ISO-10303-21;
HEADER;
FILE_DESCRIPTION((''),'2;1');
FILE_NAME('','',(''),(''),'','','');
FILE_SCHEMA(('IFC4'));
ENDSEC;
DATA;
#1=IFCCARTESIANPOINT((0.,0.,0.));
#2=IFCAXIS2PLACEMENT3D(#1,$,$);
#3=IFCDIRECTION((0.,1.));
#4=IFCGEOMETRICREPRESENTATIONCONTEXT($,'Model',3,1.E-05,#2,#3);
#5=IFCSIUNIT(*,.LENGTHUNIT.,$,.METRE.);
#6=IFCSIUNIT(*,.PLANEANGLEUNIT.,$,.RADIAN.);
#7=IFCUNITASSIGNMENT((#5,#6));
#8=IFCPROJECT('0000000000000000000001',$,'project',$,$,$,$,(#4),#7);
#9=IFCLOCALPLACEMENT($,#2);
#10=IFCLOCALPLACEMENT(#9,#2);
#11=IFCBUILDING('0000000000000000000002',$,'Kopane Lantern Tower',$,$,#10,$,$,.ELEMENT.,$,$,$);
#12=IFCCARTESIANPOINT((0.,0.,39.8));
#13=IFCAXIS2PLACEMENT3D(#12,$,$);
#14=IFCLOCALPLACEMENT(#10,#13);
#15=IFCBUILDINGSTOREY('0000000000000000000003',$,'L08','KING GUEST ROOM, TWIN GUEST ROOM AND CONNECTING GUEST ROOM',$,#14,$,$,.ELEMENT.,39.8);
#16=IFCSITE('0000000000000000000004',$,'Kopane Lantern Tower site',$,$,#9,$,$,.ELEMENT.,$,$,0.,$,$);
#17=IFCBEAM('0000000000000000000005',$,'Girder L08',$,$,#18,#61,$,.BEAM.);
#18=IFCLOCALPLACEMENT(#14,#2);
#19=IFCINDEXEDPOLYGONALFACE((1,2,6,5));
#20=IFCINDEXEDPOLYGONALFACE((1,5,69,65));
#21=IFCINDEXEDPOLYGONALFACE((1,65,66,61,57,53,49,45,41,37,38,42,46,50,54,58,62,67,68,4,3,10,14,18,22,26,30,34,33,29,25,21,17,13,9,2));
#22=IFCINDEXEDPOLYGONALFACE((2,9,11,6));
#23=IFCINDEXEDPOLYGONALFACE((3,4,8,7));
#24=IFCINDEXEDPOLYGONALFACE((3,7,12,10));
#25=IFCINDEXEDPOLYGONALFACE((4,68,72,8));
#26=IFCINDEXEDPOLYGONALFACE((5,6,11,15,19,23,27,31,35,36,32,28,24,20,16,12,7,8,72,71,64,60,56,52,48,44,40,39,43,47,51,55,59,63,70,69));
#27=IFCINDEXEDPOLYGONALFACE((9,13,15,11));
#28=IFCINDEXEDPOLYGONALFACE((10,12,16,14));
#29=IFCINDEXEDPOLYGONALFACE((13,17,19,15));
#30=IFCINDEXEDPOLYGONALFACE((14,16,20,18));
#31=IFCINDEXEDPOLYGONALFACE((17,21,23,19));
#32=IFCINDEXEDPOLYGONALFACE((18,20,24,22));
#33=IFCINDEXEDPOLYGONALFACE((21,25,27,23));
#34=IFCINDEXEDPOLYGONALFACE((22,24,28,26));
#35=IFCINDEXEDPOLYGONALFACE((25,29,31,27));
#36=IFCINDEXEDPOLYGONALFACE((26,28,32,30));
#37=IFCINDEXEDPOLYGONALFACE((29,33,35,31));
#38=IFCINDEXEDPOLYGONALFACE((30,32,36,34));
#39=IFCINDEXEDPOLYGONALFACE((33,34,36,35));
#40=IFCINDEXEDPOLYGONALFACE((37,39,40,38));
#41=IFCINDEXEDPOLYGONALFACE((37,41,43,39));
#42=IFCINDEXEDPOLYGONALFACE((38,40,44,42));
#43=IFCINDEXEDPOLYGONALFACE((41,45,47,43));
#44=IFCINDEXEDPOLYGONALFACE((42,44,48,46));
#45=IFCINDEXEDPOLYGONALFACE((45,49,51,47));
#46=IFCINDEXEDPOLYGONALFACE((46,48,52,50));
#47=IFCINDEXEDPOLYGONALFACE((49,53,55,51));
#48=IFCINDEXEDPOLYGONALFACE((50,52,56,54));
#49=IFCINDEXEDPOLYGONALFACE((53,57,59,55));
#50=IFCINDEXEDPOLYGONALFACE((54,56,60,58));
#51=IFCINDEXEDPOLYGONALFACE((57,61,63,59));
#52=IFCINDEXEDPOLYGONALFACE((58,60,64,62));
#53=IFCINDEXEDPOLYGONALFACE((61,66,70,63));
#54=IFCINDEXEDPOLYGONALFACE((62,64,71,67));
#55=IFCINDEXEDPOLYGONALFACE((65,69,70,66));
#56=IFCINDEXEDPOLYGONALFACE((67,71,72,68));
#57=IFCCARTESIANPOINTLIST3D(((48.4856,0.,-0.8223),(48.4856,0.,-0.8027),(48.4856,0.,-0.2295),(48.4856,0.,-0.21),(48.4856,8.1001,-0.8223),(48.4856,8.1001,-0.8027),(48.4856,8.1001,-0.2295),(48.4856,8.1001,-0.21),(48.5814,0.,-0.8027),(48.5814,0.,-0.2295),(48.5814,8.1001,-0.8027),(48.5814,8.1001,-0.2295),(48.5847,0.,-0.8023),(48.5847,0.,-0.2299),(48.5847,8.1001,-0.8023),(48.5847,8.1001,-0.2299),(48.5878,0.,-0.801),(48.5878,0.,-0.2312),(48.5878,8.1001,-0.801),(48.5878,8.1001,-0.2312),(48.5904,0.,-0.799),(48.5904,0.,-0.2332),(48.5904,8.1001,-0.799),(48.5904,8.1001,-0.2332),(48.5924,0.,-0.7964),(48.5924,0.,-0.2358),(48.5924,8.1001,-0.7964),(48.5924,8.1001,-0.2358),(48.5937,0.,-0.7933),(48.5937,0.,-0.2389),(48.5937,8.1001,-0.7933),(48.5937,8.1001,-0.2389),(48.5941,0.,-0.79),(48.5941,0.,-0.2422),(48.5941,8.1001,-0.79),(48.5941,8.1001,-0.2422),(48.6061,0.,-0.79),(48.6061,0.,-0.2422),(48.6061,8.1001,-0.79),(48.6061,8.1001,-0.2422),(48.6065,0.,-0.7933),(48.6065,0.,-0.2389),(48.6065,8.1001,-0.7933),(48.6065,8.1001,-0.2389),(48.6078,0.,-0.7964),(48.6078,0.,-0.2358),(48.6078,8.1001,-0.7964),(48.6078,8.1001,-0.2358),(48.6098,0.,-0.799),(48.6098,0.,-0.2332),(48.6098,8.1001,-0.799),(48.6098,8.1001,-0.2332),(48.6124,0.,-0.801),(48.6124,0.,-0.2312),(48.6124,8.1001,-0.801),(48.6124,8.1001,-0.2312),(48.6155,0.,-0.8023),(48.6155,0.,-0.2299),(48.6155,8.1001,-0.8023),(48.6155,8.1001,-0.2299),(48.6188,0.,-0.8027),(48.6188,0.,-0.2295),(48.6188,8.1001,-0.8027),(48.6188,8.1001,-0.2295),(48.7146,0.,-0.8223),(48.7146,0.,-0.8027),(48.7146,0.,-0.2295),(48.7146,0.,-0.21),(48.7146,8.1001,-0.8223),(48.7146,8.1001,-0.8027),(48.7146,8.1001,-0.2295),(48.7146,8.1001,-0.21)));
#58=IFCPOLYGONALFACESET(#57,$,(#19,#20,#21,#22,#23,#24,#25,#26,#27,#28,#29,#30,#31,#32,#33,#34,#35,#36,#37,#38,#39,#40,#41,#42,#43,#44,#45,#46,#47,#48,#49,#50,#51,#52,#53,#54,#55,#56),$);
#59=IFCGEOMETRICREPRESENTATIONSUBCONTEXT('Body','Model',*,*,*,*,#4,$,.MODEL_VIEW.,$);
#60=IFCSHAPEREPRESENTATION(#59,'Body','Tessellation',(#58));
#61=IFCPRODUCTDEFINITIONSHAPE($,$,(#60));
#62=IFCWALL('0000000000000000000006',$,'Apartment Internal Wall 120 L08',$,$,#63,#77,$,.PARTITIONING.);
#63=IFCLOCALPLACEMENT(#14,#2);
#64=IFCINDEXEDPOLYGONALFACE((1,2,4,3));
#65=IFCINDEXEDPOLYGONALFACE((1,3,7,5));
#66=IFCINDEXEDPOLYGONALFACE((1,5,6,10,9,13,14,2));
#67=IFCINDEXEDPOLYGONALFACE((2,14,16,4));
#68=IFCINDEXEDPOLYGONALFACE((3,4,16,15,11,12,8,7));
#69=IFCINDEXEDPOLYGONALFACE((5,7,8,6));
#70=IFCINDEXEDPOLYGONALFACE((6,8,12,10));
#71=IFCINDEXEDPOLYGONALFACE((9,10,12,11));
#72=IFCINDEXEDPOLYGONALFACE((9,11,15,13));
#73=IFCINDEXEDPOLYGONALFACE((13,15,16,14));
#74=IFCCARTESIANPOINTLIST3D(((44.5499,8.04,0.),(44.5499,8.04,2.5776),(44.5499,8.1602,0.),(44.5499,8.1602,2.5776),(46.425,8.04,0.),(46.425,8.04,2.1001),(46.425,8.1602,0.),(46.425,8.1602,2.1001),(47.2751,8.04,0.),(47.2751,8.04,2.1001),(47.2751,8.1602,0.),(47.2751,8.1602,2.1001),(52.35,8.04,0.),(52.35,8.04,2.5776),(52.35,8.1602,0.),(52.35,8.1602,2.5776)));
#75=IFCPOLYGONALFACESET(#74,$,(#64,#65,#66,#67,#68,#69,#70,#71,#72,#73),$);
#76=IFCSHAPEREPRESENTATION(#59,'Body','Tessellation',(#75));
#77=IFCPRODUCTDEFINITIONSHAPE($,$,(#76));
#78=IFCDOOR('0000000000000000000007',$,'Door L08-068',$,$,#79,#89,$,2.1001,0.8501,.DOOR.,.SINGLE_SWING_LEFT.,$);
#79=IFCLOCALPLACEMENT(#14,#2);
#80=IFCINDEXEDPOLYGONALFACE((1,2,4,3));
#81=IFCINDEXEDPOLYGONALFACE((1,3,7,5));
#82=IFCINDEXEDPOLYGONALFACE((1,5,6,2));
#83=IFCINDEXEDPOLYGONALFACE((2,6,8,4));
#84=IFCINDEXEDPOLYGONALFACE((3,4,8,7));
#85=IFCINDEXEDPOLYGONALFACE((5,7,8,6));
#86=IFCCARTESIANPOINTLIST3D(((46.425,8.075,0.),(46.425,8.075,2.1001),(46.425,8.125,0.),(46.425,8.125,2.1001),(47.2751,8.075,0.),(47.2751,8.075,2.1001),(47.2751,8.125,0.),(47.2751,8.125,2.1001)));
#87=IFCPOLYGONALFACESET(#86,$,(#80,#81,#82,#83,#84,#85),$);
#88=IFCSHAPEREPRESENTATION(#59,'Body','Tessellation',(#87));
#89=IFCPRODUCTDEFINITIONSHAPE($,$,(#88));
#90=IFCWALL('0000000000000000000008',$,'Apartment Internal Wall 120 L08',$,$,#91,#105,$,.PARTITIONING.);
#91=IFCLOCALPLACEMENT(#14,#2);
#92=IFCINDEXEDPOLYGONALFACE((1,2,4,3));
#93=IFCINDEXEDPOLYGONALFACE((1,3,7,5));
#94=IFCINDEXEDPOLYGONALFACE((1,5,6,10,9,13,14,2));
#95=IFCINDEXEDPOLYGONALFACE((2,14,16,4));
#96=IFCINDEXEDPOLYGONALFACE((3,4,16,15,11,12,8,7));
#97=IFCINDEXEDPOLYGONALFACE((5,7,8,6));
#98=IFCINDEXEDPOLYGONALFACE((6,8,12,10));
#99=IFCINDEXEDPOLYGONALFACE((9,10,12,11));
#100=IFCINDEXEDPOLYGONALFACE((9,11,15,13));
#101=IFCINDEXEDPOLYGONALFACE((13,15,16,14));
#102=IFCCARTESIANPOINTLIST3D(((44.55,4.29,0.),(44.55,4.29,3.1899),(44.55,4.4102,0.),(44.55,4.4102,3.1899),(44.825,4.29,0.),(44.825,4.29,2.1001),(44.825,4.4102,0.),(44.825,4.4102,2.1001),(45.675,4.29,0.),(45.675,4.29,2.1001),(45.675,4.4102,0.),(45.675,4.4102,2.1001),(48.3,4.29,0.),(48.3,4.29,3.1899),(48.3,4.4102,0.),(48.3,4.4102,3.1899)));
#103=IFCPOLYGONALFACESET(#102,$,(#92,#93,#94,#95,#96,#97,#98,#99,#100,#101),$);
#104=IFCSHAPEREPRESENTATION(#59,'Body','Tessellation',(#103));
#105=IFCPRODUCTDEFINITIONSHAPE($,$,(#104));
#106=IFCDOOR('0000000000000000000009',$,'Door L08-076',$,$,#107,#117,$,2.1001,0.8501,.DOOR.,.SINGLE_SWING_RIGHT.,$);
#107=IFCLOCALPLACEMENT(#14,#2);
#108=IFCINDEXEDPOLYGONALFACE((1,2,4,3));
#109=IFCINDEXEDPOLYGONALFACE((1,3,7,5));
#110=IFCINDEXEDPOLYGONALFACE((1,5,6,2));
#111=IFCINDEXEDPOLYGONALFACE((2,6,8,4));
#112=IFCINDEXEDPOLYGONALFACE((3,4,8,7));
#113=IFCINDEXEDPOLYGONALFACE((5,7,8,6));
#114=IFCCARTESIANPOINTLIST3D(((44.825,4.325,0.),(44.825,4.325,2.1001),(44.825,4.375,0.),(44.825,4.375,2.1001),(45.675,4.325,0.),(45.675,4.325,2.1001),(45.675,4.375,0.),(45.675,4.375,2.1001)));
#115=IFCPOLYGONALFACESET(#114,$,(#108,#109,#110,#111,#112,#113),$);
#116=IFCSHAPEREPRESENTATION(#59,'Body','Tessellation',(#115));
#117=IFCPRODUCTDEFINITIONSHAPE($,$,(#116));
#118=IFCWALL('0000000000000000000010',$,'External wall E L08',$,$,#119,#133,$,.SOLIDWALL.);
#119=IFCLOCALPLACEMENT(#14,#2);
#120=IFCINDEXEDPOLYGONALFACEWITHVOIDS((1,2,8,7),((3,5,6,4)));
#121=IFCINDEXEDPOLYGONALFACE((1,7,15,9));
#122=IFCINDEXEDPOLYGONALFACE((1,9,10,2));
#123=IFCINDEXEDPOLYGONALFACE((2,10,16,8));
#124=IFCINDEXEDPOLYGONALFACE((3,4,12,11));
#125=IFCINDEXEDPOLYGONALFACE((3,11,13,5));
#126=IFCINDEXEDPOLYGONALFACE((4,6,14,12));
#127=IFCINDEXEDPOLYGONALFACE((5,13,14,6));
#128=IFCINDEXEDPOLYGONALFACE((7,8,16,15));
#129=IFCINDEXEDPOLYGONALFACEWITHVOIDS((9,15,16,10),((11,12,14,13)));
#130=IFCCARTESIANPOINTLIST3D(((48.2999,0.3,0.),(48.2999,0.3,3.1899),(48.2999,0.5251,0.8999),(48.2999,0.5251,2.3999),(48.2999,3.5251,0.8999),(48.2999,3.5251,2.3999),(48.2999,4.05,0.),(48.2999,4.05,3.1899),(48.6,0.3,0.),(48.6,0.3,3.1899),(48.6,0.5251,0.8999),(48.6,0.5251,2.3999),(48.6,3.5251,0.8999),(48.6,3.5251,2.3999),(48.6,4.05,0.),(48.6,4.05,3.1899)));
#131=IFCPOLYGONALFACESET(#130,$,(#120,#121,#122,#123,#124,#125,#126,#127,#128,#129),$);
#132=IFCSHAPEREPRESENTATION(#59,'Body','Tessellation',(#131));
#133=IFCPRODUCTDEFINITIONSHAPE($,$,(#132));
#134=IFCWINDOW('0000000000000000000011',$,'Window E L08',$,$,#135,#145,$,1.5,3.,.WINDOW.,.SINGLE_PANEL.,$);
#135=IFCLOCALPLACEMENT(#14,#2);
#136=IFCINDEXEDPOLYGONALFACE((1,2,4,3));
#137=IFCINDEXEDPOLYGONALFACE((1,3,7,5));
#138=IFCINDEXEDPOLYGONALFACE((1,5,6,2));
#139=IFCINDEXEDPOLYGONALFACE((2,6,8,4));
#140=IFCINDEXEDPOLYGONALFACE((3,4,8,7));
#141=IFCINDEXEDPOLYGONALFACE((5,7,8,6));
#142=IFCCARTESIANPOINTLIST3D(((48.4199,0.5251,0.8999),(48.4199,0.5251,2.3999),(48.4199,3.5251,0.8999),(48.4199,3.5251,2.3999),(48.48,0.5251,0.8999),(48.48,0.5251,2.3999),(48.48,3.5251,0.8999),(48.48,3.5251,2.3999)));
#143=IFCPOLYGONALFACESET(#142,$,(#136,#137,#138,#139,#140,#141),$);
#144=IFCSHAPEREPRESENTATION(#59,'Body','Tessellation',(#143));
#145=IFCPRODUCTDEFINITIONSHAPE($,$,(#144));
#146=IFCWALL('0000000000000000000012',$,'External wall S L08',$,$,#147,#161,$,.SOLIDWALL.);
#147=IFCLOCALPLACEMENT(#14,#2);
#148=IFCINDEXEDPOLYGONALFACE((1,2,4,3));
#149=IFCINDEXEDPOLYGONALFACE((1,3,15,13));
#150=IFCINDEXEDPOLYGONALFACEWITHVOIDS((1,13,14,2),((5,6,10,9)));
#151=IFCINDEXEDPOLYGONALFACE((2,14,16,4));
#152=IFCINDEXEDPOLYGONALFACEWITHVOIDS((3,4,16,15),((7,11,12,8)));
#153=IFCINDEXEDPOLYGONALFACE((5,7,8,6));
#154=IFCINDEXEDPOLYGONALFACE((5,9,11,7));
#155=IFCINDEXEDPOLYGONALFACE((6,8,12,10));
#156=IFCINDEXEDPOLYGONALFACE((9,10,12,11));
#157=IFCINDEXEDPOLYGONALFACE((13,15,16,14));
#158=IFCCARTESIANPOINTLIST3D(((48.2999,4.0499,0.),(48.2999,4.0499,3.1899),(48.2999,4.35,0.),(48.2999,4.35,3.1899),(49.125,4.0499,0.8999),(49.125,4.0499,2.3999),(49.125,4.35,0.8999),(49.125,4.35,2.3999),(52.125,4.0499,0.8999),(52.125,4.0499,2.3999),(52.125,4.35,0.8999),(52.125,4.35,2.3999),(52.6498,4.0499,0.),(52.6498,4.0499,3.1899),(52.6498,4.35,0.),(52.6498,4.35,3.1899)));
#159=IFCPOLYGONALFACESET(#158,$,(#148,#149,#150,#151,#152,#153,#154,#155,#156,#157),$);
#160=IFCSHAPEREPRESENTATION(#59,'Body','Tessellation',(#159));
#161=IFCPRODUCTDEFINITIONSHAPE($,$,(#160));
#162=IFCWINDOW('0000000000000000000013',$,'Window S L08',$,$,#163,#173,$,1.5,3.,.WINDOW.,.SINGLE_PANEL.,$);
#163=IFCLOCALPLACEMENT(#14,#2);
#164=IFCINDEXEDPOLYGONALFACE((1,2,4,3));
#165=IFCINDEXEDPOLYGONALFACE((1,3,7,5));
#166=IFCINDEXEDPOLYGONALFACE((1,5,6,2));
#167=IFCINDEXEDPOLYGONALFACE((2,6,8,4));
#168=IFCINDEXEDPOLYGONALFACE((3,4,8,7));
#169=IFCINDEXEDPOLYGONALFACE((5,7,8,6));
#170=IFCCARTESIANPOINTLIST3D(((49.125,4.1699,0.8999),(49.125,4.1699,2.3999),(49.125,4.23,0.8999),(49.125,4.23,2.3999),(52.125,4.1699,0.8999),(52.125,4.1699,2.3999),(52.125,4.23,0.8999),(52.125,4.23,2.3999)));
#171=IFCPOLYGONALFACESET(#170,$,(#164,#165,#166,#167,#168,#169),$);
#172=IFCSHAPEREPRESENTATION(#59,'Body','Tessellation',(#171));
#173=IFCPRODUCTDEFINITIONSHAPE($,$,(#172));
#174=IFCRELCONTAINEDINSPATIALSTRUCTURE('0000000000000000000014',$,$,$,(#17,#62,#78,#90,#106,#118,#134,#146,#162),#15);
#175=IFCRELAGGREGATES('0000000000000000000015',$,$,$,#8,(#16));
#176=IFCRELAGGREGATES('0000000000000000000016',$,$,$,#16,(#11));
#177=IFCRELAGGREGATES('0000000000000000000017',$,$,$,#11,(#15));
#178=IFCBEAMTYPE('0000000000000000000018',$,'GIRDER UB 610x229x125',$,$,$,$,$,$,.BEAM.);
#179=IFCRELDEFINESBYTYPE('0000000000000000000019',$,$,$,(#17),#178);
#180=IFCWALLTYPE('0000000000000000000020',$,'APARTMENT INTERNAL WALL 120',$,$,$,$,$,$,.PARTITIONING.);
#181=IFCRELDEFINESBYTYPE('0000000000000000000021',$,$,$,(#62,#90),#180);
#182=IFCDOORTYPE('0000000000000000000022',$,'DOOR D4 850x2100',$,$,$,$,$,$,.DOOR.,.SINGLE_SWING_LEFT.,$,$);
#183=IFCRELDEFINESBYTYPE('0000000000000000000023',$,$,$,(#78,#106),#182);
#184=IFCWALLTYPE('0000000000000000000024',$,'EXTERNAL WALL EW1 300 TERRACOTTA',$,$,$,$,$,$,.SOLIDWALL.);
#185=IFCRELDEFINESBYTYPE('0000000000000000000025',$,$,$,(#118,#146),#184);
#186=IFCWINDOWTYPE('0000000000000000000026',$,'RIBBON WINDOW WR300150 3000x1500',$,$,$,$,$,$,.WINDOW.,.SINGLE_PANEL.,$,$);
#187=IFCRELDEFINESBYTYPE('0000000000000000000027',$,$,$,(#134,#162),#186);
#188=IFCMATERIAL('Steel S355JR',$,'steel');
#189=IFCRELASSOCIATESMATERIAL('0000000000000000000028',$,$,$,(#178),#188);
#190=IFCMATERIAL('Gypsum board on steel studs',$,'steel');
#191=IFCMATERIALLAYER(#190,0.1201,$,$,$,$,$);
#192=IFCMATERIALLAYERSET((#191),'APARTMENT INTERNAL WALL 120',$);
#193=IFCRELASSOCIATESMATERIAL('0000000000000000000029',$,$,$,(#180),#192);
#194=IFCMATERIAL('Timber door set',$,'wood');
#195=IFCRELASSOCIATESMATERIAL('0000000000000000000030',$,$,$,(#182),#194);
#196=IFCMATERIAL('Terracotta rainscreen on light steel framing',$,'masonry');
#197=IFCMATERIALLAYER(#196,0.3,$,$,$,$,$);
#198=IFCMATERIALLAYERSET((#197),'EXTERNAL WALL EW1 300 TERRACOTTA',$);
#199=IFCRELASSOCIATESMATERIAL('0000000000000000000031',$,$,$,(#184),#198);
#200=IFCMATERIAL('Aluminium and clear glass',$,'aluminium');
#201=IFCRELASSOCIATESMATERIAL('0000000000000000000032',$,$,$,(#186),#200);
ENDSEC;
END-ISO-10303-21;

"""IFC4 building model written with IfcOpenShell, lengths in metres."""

from ifc_helpers import new_model, si_unit, direction, frame, frame_2d, origin, origin_2d, place, context, subcontext, project, spatial, rectangle, i_section, extrude, material, layer, layer_set, material_profile, profile_set, type_object, element, fill, save


model = new_model("IFC4")

# Units and contexts
model_context = context("Model", 3, precision=1e-05, world=origin(), true_north=direction((0.0, 1.0)))
body_context = subcontext(model_context, "Body", "Model", "MODEL_VIEW")
ifc_project = project(units=[si_unit("LENGTHUNIT", "METRE"), si_unit("PLANEANGLEUNIT", "RADIAN")], contexts=[model_context])

# Site, building, storey
site_placement = place(None, origin())
site = spatial("IfcSite", under=ifc_project, at=site_placement, Name="Kopane Lantern Tower site", CompositionType="ELEMENT", RefElevation=0.0)
building_placement = place(site_placement, origin())
building = spatial("IfcBuilding", under=site, at=building_placement, Name="Kopane Lantern Tower", CompositionType="ELEMENT")
storey_placement = place(building_placement, frame((0.0, 0.0, 39.8)))
storey = spatial("IfcBuildingStorey", under=building, at=storey_placement, Name="L08", Description="KING GUEST ROOM, TWIN GUEST ROOM AND CONNECTING GUEST ROOM", CompositionType="ELEMENT", Elevation=39.8)

# Beam
ifc_material_1 = material(Name="Steel S355JR", Category="steel")
ifc_material_profile_1 = material_profile(ifc_material_1, i_section(OverallWidth=0.229, OverallDepth=0.6123, WebThickness=0.012, FlangeThickness=0.0195, FilletRadius=0.0127, at=origin_2d()), Name="UB 610x229x125")
ifc_profile_set_1 = profile_set([ifc_material_profile_1], Name="Steel S355JR")
beam_type_1 = type_object("IfcBeamType", Name="GIRDER UB 610x229x125", PredefinedType="BEAM", material=ifc_profile_set_1)
beam_1_placement = place(storey_placement, frame((48.6001, 0.0, -0.5161), z_axis=(0.0, 1.0, 0.0), x_axis=(-1.0, 0.0, 0.0)))
element("IfcBeam", 1, at=beam_1_placement, inside=storey, type_object=beam_type_1, Name="Girder L08", PredefinedType="BEAM", context=body_context, shape_type="SweptSolid", body=[
    extrude(i_section(OverallWidth=0.229, OverallDepth=0.6123, WebThickness=0.012, FlangeThickness=0.0195, FilletRadius=0.0127, at=origin_2d()), origin(), (0.0, 0.0, 1.0), 8.1001),
])

# Walls, openings, doors
ifc_material_2 = material(Name="Gypsum board on steel studs", Category="steel")
ifc_layer_1 = layer(ifc_material_2, 0.1201)
ifc_layer_set_1 = layer_set([ifc_layer_1], Name="APARTMENT INTERNAL WALL 120")
wall_type_1 = type_object("IfcWallType", Name="APARTMENT INTERNAL WALL 120", PredefinedType="PARTITIONING", material=ifc_layer_set_1)
wall_1_placement = place(storey_placement, frame((44.55, 8.1001, 0.0), z_axis=(0.0, 0.0, 1.0), x_axis=(1.0, 0.0, 0.0)))
wall_1 = element("IfcWall", 2, at=wall_1_placement, inside=storey, type_object=wall_type_1, Name="Apartment Internal Wall 120 L08", PredefinedType="PARTITIONING", context=body_context, shape_type="SweptSolid", body=[
    extrude(rectangle(XDim=7.8, YDim=0.1201, at=frame_2d((3.8999, 0.0))), origin(), (0.0, 0.0, 1.0), 2.5776),
])
opening_1_placement = place(wall_1_placement, frame((1.875, 0.0, 0.0)))
opening_1 = element("IfcOpeningElement", 3, at=opening_1_placement, cuts=wall_1, PredefinedType="OPENING", context=body_context, shape_type="SweptSolid", body=[
    extrude(rectangle(XDim=0.8501, YDim=2.1001, at=frame_2d((0.425, 1.05))), frame((0.0, 0.0701, 0.0), z_axis=(0.0, -1.0, 0.0), x_axis=(1.0, 0.0, 0.0)), (0.0, 0.0, 1.0), 0.1401),
])
ifc_material_3 = material(Name="Timber door set", Category="wood")
door_type = type_object("IfcDoorType", Name="DOOR D4 850x2100", OperationType="SINGLE_SWING_LEFT", PredefinedType="DOOR", material=ifc_material_3)
door_1_placement = place(opening_1_placement, origin())
door_1 = element("IfcDoor", 4, at=door_1_placement, inside=storey, type_object=door_type, Name="Door L08-068", OperationType="SINGLE_SWING_LEFT", OverallHeight=2.1001, OverallWidth=0.8501, PredefinedType="DOOR", context=body_context, shape_type="SweptSolid", body=[
    extrude(rectangle(XDim=0.8501, YDim=2.1001, at=frame_2d((0.425, 1.05))), frame((0.0, 0.0249, 0.0), z_axis=(0.0, -1.0, 0.0), x_axis=(1.0, 0.0, 0.0)), (0.0, 0.0, 1.0), 0.05),
])
fill(opening_1, door_1)
wall_2_placement = place(storey_placement, frame((44.55, 4.3501, 0.0), z_axis=(0.0, 0.0, 1.0), x_axis=(1.0, 0.0, 0.0)))
wall_2 = element("IfcWall", 5, at=wall_2_placement, inside=storey, type_object=wall_type_1, Name="Apartment Internal Wall 120 L08", PredefinedType="PARTITIONING", context=body_context, shape_type="SweptSolid", body=[
    extrude(rectangle(XDim=3.75, YDim=0.1201, at=frame_2d((1.875, 0.0))), origin(), (0.0, 0.0, 1.0), 3.1899),
])
opening_2_placement = place(wall_2_placement, frame((0.2749, 0.0, 0.0)))
opening_2 = element("IfcOpeningElement", 6, at=opening_2_placement, cuts=wall_2, PredefinedType="OPENING", context=body_context, shape_type="SweptSolid", body=[
    extrude(rectangle(XDim=0.8501, YDim=2.1001, at=frame_2d((0.425, 1.05))), frame((0.0, 0.0701, 0.0), z_axis=(0.0, -1.0, 0.0), x_axis=(1.0, 0.0, 0.0)), (0.0, 0.0, 1.0), 0.1401),
])
door_2_placement = place(opening_2_placement, origin())
door_2 = element("IfcDoor", 7, at=door_2_placement, inside=storey, type_object=door_type, Name="Door L08-076", OperationType="SINGLE_SWING_RIGHT", OverallHeight=2.1001, OverallWidth=0.8501, PredefinedType="DOOR", context=body_context, shape_type="SweptSolid", body=[
    extrude(rectangle(XDim=0.8501, YDim=2.1001, at=frame_2d((0.425, 1.05))), frame((0.0, 0.0249, 0.0), z_axis=(0.0, -1.0, 0.0), x_axis=(1.0, 0.0, 0.0)), (0.0, 0.0, 1.0), 0.05),
])
fill(opening_2, door_2)

# Walls, openings, windows
ifc_material_4 = material(Name="Terracotta rainscreen on light steel framing", Category="masonry")
ifc_layer_2 = layer(ifc_material_4, 0.3)
ifc_layer_set_2 = layer_set([ifc_layer_2], Name="EXTERNAL WALL EW1 300 TERRACOTTA")
wall_type_2 = type_object("IfcWallType", Name="EXTERNAL WALL EW1 300 TERRACOTTA", PredefinedType="SOLIDWALL", material=ifc_layer_set_2)
wall_3_placement = place(storey_placement, frame((48.45, 0.3, 0.0), z_axis=(0.0, 0.0, 1.0), x_axis=(0.0, 1.0, 0.0)))
wall_3 = element("IfcWall", 8, at=wall_3_placement, inside=storey, type_object=wall_type_2, Name="External wall E L08", PredefinedType="SOLIDWALL", context=body_context, shape_type="SweptSolid", body=[
    extrude(rectangle(XDim=3.75, YDim=0.3, at=frame_2d((1.875, 0.0))), origin(), (0.0, 0.0, 1.0), 3.1899),
])
opening_3_placement = place(wall_3_placement, frame((0.2251, 0.0, 0.8999)))
opening_3 = element("IfcOpeningElement", 9, at=opening_3_placement, cuts=wall_3, PredefinedType="OPENING", context=body_context, shape_type="SweptSolid", body=[
    extrude(rectangle(XDim=3.0, YDim=1.5, at=frame_2d((1.5, 0.75))), frame((0.0, 0.1599, 0.0), z_axis=(0.0, -1.0, 0.0), x_axis=(1.0, 0.0, 0.0)), (0.0, 0.0, 1.0), 0.3201),
])
ifc_material_5 = material(Name="Aluminium and clear glass", Category="aluminium")
window_type = type_object("IfcWindowType", Name="RIBBON WINDOW WR300150 3000x1500", PartitioningType="SINGLE_PANEL", PredefinedType="WINDOW", material=ifc_material_5)
window_1_placement = place(opening_3_placement, origin())
window_1 = element("IfcWindow", 10, at=window_1_placement, inside=storey, type_object=window_type, Name="Window E L08", OverallHeight=1.5, OverallWidth=3.0, PartitioningType="SINGLE_PANEL", PredefinedType="WINDOW", context=body_context, shape_type="SweptSolid", body=[
    extrude(rectangle(XDim=3.0, YDim=1.5, at=frame_2d((1.5, 0.75))), frame((0.0, 0.03, 0.0), z_axis=(0.0, -1.0, 0.0), x_axis=(1.0, 0.0, 0.0)), (0.0, 0.0, 1.0), 0.0601),
])
fill(opening_3, window_1)
wall_4_placement = place(storey_placement, frame((48.3, 4.2, 0.0), z_axis=(0.0, 0.0, 1.0), x_axis=(1.0, 0.0, 0.0)))
wall_4 = element("IfcWall", 11, at=wall_4_placement, inside=storey, type_object=wall_type_2, Name="External wall S L08", PredefinedType="SOLIDWALL", context=body_context, shape_type="SweptSolid", body=[
    extrude(rectangle(XDim=4.3499, YDim=0.3, at=frame_2d((2.1748, 0.0))), origin(), (0.0, 0.0, 1.0), 3.1899),
])
opening_4_placement = place(wall_4_placement, frame((0.825, 0.0, 0.8999)))
opening_4 = element("IfcOpeningElement", 12, at=opening_4_placement, cuts=wall_4, PredefinedType="OPENING", context=body_context, shape_type="SweptSolid", body=[
    extrude(rectangle(XDim=3.0, YDim=1.5, at=frame_2d((1.5, 0.75))), frame((0.0, 0.1599, 0.0), z_axis=(0.0, -1.0, 0.0), x_axis=(1.0, 0.0, 0.0)), (0.0, 0.0, 1.0), 0.3201),
])
window_2_placement = place(opening_4_placement, origin())
window_2 = element("IfcWindow", 13, at=window_2_placement, inside=storey, type_object=window_type, Name="Window S L08", OverallHeight=1.5, OverallWidth=3.0, PartitioningType="SINGLE_PANEL", PredefinedType="WINDOW", context=body_context, shape_type="SweptSolid", body=[
    extrude(rectangle(XDim=3.0, YDim=1.5, at=frame_2d((1.5, 0.75))), frame((0.0, 0.03, 0.0), z_axis=(0.0, -1.0, 0.0), x_axis=(1.0, 0.0, 0.0)), (0.0, 0.0, 1.0), 0.0601),
])
fill(opening_4, window_2)

save(model, "model.ifc")
